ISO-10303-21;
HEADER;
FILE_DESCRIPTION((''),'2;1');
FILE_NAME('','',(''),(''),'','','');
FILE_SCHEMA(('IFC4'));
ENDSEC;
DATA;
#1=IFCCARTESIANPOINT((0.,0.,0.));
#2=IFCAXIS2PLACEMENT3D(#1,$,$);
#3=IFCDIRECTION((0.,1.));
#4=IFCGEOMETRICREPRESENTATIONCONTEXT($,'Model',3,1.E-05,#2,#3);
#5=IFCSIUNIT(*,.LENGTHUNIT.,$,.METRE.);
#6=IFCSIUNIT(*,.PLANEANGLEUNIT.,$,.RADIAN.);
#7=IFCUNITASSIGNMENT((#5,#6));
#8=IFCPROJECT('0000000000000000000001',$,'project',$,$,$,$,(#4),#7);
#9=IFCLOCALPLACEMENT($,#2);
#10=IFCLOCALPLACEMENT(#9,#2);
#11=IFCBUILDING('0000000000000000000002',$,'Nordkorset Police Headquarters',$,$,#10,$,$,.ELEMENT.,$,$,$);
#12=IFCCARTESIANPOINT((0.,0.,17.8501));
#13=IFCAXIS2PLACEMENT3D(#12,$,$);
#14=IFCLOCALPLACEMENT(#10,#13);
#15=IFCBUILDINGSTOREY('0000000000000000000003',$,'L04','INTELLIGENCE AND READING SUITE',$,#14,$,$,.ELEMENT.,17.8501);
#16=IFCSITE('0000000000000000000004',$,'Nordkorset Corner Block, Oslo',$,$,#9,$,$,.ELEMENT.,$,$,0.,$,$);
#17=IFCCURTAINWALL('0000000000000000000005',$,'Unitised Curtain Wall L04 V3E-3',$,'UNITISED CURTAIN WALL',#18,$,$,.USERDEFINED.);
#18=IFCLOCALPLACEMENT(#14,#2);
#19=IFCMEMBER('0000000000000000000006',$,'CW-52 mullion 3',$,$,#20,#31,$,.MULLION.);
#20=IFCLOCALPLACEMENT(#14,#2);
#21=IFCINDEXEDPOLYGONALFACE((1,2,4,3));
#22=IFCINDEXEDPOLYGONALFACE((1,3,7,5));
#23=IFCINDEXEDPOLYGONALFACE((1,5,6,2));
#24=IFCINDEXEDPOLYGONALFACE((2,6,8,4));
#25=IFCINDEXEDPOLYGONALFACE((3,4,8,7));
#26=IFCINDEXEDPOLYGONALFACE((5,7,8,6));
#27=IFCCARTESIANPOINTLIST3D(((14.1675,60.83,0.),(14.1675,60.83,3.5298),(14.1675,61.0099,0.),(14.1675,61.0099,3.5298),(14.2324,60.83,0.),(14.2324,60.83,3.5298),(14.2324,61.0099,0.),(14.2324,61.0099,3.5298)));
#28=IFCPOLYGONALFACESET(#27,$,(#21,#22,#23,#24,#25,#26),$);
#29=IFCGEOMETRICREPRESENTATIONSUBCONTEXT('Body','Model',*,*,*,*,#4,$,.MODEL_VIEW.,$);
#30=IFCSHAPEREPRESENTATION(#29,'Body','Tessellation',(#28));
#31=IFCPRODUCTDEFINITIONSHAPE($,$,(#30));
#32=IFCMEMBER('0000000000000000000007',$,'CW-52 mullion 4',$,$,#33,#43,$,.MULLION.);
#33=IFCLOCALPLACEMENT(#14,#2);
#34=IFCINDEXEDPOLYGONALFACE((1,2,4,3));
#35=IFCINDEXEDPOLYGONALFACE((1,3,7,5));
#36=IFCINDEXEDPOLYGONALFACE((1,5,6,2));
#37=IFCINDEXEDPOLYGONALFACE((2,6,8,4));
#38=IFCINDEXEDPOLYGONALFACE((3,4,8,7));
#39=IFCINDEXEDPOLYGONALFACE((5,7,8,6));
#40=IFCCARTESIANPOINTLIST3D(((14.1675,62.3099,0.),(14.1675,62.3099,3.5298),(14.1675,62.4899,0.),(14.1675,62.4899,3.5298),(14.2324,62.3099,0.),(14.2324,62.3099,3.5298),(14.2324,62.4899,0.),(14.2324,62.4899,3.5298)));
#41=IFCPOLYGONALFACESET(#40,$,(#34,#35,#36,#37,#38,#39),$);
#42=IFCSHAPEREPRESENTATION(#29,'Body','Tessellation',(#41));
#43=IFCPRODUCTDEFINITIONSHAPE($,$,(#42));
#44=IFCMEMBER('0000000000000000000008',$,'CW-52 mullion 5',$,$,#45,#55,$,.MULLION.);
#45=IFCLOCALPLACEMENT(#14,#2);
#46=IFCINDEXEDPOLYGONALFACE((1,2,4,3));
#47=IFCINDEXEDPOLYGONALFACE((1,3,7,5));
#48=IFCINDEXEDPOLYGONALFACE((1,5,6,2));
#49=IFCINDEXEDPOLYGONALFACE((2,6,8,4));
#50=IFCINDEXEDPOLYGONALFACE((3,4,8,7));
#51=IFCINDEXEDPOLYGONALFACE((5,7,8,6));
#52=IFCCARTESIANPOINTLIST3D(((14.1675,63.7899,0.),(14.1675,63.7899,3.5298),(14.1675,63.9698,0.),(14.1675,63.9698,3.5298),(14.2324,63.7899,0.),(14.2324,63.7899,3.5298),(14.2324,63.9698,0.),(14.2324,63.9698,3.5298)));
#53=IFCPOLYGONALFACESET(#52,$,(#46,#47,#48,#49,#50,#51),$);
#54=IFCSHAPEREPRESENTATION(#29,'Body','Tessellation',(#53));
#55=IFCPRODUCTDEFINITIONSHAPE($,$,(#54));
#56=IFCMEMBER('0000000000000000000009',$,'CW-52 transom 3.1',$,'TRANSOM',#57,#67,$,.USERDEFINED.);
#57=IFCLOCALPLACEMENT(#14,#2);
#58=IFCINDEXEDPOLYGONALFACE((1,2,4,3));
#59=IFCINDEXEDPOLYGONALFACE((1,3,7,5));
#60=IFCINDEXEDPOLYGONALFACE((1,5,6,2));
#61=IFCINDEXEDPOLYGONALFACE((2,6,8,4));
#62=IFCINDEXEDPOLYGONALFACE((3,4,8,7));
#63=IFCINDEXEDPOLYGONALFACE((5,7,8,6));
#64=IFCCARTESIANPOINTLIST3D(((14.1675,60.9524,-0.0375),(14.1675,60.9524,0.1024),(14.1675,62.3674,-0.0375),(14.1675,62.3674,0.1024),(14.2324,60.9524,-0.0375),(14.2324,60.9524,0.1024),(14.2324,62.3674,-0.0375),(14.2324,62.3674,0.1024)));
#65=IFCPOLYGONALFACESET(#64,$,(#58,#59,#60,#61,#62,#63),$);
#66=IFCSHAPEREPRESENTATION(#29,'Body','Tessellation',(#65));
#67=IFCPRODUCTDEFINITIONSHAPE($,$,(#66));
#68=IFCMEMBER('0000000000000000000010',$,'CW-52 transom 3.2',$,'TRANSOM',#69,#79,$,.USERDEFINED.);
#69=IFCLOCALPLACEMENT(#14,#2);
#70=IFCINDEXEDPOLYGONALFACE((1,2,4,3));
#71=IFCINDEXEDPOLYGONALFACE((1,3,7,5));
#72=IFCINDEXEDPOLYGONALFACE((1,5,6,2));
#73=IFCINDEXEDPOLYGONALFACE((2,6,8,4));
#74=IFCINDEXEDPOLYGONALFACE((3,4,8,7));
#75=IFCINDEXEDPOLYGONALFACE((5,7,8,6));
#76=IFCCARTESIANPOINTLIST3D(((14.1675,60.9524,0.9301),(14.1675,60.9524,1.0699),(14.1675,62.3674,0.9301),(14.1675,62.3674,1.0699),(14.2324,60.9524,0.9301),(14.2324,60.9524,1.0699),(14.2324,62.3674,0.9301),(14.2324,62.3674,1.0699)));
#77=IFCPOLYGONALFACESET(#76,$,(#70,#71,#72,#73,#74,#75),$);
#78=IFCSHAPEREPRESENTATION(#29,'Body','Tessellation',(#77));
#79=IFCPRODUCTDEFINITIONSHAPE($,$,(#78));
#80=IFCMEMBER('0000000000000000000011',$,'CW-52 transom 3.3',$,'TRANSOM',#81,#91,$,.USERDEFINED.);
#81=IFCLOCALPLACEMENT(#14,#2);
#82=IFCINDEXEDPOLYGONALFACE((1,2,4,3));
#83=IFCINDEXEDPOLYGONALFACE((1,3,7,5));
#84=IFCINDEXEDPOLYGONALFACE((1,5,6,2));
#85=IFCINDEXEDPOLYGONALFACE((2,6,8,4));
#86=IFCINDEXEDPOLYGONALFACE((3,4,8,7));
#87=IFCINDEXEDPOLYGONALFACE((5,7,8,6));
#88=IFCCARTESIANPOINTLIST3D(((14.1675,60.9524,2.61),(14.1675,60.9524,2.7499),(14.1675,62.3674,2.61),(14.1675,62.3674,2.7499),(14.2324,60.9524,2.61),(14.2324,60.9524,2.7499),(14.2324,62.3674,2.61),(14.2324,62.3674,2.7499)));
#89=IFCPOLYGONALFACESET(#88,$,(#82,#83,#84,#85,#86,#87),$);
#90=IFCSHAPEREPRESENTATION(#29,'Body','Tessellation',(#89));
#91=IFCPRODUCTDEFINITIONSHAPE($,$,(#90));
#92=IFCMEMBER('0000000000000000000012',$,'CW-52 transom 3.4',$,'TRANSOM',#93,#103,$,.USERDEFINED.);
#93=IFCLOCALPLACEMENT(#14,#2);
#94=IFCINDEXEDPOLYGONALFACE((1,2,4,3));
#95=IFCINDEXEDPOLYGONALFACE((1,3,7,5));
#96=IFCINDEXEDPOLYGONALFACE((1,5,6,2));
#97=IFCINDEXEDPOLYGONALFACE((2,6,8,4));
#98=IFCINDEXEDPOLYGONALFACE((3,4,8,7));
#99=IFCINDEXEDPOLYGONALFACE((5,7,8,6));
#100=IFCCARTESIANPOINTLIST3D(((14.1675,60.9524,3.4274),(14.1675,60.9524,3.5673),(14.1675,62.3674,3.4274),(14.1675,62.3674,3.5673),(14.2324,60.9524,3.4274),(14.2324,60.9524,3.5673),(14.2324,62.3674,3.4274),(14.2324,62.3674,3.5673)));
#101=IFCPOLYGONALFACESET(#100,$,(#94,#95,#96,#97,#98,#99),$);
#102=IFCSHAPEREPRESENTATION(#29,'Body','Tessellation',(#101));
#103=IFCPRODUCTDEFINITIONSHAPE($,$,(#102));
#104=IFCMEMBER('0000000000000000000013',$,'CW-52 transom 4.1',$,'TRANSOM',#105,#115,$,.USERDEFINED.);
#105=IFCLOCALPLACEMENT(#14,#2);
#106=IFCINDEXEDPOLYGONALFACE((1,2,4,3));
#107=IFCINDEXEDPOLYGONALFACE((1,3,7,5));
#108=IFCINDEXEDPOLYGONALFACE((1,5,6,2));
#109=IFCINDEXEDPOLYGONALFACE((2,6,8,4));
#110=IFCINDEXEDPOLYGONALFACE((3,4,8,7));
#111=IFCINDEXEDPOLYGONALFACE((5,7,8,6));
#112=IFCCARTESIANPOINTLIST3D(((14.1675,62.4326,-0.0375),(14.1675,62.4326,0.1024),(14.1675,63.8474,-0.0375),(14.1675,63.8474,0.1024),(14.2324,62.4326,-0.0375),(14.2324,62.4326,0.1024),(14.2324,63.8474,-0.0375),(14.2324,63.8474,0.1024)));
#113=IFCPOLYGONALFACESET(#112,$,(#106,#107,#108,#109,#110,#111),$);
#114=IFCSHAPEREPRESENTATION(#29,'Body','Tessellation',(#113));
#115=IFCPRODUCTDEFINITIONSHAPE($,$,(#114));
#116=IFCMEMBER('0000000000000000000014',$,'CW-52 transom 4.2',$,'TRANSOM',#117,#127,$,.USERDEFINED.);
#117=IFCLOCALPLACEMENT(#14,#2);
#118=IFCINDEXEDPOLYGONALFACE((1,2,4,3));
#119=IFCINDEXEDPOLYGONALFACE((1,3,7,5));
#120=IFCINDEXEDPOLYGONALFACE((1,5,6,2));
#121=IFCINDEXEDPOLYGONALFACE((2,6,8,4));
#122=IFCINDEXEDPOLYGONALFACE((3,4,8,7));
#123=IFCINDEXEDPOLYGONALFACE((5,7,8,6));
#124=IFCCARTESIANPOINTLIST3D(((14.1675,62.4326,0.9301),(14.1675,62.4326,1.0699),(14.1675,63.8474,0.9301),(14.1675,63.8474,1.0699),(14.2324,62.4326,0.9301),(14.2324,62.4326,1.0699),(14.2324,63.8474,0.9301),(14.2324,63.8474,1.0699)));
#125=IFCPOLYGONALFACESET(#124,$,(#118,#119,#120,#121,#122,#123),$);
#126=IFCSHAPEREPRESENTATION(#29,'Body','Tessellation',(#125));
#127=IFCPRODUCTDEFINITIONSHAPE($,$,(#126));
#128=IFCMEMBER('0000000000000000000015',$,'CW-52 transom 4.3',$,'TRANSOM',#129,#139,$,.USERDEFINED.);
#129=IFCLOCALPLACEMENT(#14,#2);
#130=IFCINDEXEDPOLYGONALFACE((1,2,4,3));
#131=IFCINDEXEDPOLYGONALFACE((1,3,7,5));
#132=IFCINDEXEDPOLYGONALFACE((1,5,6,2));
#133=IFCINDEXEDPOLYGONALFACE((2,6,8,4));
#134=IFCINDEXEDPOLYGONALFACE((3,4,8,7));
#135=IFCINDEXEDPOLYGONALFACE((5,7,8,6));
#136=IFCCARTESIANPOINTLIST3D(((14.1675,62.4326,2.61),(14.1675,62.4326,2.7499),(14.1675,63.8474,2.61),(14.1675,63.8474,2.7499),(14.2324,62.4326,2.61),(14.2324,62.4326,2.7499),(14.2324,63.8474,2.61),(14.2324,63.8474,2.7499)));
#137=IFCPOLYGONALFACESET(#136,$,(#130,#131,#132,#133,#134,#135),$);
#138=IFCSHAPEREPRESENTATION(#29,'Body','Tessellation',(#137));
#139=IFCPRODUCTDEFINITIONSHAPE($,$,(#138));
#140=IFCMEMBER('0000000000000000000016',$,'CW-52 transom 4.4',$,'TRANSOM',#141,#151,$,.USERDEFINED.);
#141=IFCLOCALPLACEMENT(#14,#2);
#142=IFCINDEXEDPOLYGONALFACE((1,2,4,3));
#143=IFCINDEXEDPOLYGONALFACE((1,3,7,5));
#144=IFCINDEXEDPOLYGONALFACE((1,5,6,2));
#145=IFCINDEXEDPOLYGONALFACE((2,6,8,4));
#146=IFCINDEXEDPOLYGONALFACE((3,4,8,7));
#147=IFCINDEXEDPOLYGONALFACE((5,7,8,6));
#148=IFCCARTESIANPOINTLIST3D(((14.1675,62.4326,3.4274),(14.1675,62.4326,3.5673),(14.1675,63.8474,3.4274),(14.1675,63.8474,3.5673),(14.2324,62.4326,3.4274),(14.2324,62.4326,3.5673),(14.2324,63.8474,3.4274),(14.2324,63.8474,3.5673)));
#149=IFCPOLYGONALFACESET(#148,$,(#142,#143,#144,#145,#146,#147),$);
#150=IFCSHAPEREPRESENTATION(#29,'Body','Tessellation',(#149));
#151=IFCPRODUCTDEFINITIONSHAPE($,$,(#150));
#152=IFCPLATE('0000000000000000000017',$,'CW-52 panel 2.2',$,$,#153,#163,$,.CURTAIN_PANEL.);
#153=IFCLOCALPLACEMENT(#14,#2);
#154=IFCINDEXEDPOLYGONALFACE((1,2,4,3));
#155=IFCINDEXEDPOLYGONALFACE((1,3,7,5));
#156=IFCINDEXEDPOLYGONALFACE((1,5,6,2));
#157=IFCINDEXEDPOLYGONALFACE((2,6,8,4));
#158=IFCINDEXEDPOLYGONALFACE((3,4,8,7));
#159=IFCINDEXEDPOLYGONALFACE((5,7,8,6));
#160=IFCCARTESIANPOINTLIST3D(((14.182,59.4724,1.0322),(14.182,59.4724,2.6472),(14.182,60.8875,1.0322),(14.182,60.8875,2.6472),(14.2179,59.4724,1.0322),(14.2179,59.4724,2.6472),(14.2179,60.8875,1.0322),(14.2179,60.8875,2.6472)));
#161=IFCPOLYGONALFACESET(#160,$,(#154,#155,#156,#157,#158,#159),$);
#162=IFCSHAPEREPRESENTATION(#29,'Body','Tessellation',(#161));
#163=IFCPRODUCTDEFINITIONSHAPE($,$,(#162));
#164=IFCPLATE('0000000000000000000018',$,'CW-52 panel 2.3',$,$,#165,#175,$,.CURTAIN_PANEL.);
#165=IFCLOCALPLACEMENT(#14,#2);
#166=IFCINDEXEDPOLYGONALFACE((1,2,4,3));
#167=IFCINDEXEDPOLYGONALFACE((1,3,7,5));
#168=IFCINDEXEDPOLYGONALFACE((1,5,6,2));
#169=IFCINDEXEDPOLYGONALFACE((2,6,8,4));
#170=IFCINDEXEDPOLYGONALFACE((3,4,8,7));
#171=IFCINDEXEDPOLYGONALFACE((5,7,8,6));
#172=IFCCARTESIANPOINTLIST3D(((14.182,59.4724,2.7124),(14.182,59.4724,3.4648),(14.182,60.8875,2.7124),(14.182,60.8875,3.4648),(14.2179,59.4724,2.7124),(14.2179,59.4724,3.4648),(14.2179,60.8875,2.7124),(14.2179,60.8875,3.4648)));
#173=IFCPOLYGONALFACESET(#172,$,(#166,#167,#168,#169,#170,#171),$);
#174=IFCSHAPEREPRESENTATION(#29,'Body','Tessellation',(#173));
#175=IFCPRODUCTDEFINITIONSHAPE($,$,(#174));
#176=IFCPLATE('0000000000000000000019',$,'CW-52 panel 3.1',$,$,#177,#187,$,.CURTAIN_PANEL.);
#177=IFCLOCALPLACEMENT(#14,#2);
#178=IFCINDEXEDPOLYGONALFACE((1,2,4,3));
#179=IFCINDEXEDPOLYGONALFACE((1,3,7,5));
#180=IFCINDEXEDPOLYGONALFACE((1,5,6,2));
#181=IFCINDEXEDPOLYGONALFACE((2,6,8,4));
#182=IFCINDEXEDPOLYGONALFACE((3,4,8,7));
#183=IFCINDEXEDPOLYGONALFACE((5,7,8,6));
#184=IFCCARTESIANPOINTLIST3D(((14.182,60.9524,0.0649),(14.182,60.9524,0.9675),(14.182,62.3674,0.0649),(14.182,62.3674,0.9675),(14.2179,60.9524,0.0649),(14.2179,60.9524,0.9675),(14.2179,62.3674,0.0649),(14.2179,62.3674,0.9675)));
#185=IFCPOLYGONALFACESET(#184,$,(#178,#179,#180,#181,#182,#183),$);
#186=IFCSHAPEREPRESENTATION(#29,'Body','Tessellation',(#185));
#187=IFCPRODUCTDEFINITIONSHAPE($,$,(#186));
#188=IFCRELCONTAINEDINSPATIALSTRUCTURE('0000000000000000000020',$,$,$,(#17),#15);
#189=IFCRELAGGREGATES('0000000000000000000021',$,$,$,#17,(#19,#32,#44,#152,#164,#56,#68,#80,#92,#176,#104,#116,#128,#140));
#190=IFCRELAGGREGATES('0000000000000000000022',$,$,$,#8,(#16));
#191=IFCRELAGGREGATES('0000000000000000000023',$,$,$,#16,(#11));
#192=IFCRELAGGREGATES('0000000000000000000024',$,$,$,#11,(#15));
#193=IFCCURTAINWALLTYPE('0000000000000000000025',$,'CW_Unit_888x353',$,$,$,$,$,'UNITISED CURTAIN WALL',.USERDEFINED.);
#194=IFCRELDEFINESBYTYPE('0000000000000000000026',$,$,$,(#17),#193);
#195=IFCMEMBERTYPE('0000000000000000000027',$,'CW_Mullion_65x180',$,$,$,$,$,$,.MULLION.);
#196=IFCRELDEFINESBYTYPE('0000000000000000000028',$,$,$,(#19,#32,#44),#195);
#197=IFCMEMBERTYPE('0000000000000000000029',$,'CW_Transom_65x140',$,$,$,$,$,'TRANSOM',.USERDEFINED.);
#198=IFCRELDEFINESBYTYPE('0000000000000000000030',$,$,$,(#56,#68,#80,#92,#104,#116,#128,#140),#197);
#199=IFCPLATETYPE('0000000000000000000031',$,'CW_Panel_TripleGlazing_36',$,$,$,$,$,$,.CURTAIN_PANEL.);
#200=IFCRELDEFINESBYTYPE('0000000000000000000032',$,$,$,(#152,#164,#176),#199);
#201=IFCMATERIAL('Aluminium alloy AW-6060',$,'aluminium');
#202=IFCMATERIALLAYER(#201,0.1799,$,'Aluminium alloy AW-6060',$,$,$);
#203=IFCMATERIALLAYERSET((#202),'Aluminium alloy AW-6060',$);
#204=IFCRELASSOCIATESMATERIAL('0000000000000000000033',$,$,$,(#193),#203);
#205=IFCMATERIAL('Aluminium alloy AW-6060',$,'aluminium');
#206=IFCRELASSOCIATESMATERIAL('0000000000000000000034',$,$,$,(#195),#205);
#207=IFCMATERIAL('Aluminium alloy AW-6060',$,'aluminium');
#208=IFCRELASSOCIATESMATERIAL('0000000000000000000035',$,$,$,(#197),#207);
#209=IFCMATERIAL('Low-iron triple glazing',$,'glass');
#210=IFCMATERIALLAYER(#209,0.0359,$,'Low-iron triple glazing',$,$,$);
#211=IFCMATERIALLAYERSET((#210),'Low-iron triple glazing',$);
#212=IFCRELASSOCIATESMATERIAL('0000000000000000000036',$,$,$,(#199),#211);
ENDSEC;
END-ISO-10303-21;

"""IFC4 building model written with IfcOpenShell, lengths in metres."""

from ifc_helpers import new_model, si_unit, direction, frame, origin, origin_2d, place, context, subcontext, project, spatial, rectangle, extrude, material, layer, layer_set, material_profile, profile_set, type_object, element, aggregate, save


model = new_model("IFC4")

# Units and contexts
model_context = context("Model", 3, precision=1e-05, world=origin(), true_north=direction((0.0, 1.0)))
body_context = subcontext(model_context, "Body", "Model", "MODEL_VIEW")
ifc_project = project(units=[si_unit("LENGTHUNIT", "METRE"), si_unit("PLANEANGLEUNIT", "RADIAN")], contexts=[model_context])

# Site, building, storey
site_placement = place(None, origin())
site = spatial("IfcSite", under=ifc_project, at=site_placement, Name="Nordkorset Corner Block, Oslo", CompositionType="ELEMENT", RefElevation=0.0)
building_placement = place(site_placement, origin())
building = spatial("IfcBuilding", under=site, at=building_placement, Name="Nordkorset Police Headquarters", CompositionType="ELEMENT")
storey_placement = place(building_placement, frame((0.0, 0.0, 17.8501)))
storey = spatial("IfcBuildingStorey", under=building, at=storey_placement, Name="L04", Description="INTELLIGENCE AND READING SUITE", CompositionType="ELEMENT", Elevation=17.8501)

# Curtain wall, members, plates
ifc_material_1 = material(Name="Aluminium alloy AW-6060", Category="aluminium")
ifc_layer_1 = layer(ifc_material_1, 0.1799, Name="Aluminium alloy AW-6060")
ifc_layer_set_1 = layer_set([ifc_layer_1], Name="Aluminium alloy AW-6060")
curtain_wall_type = type_object("IfcCurtainWallType", Name="CW_Unit_888x353", ElementType="UNITISED CURTAIN WALL", PredefinedType="USERDEFINED", material=ifc_layer_set_1)
curtain_wall_placement = place(storey_placement, origin())
curtain_wall = element("IfcCurtainWall", 1, at=curtain_wall_placement, inside=storey, type_object=curtain_wall_type, Name="Unitised Curtain Wall L04 V3E-3", ObjectType="UNITISED CURTAIN WALL", PredefinedType="USERDEFINED")
ifc_material_2 = material(Name="Aluminium alloy AW-6060", Category="aluminium")
ifc_material_profile_1 = material_profile(ifc_material_2, rectangle(XDim=0.0649, YDim=0.1799, at=origin_2d()), Name="ALU MULL 65x180")
ifc_profile_set_1 = profile_set([ifc_material_profile_1], Name="Aluminium alloy AW-6060")
member_type_1 = type_object("IfcMemberType", Name="CW_Mullion_65x180", PredefinedType="MULLION", material=ifc_profile_set_1)
member_1_placement = place(storey_placement, frame((14.2, 60.9199, 0.0), z_axis=(0.0, 0.0, 1.0), x_axis=(-1.0, 0.0, 0.0)))
member_1 = element("IfcMember", 2, at=member_1_placement, type_object=member_type_1, Name="CW-52 mullion 3", PredefinedType="MULLION", context=body_context, shape_type="SweptSolid", body=[
    extrude(rectangle(XDim=0.0649, YDim=0.1799, at=origin_2d()), origin(), (0.0, 0.0, 1.0), 3.5298),
])
member_2_placement = place(storey_placement, frame((14.2, 62.3999, 0.0), z_axis=(0.0, 0.0, 1.0), x_axis=(-1.0, 0.0, 0.0)))
member_2 = element("IfcMember", 3, at=member_2_placement, type_object=member_type_1, Name="CW-52 mullion 4", PredefinedType="MULLION", context=body_context, shape_type="SweptSolid", body=[
    extrude(rectangle(XDim=0.0649, YDim=0.1799, at=origin_2d()), origin(), (0.0, 0.0, 1.0), 3.5298),
])
member_3_placement = place(storey_placement, frame((14.2, 63.8799, 0.0), z_axis=(0.0, 0.0, 1.0), x_axis=(-1.0, 0.0, 0.0)))
member_3 = element("IfcMember", 4, at=member_3_placement, type_object=member_type_1, Name="CW-52 mullion 5", PredefinedType="MULLION", context=body_context, shape_type="SweptSolid", body=[
    extrude(rectangle(XDim=0.0649, YDim=0.1799, at=origin_2d()), origin(), (0.0, 0.0, 1.0), 3.5298),
])
ifc_material_3 = material(Name="Aluminium alloy AW-6060", Category="aluminium")
ifc_material_profile_2 = material_profile(ifc_material_3, rectangle(XDim=0.0649, YDim=0.1399, at=origin_2d()), Name="ALU TRAN 65x140")
ifc_profile_set_2 = profile_set([ifc_material_profile_2], Name="Aluminium alloy AW-6060")
member_type_2 = type_object("IfcMemberType", Name="CW_Transom_65x140", ElementType="TRANSOM", PredefinedType="USERDEFINED", material=ifc_profile_set_2)
member_4_placement = place(storey_placement, frame((14.2, 60.9524, 0.0325), z_axis=(0.0, 1.0, 0.0), x_axis=(-1.0, 0.0, 0.0)))
member_4 = element("IfcMember", 5, at=member_4_placement, type_object=member_type_2, Name="CW-52 transom 3.1", ObjectType="TRANSOM", PredefinedType="USERDEFINED", context=body_context, shape_type="SweptSolid", body=[
    extrude(rectangle(XDim=0.0649, YDim=0.1399, at=origin_2d()), origin(), (0.0, 0.0, 1.0), 1.415),
])
member_5_placement = place(storey_placement, frame((14.2, 60.9524, 1.0), z_axis=(0.0, 1.0, 0.0), x_axis=(-1.0, 0.0, 0.0)))
member_5 = element("IfcMember", 6, at=member_5_placement, type_object=member_type_2, Name="CW-52 transom 3.2", ObjectType="TRANSOM", PredefinedType="USERDEFINED", context=body_context, shape_type="SweptSolid", body=[
    extrude(rectangle(XDim=0.0649, YDim=0.1399, at=origin_2d()), origin(), (0.0, 0.0, 1.0), 1.415),
])
member_6_placement = place(storey_placement, frame((14.2, 60.9524, 2.6799), z_axis=(0.0, 1.0, 0.0), x_axis=(-1.0, 0.0, 0.0)))
member_6 = element("IfcMember", 7, at=member_6_placement, type_object=member_type_2, Name="CW-52 transom 3.3", ObjectType="TRANSOM", PredefinedType="USERDEFINED", context=body_context, shape_type="SweptSolid", body=[
    extrude(rectangle(XDim=0.0649, YDim=0.1399, at=origin_2d()), origin(), (0.0, 0.0, 1.0), 1.415),
])
member_7_placement = place(storey_placement, frame((14.2, 60.9524, 3.4973), z_axis=(0.0, 1.0, 0.0), x_axis=(-1.0, 0.0, 0.0)))
member_7 = element("IfcMember", 8, at=member_7_placement, type_object=member_type_2, Name="CW-52 transom 3.4", ObjectType="TRANSOM", PredefinedType="USERDEFINED", context=body_context, shape_type="SweptSolid", body=[
    extrude(rectangle(XDim=0.0649, YDim=0.1399, at=origin_2d()), origin(), (0.0, 0.0, 1.0), 1.415),
])
member_8_placement = place(storey_placement, frame((14.2, 62.4326, 0.0325), z_axis=(0.0, 1.0, 0.0), x_axis=(-1.0, 0.0, 0.0)))
member_8 = element("IfcMember", 9, at=member_8_placement, type_object=member_type_2, Name="CW-52 transom 4.1", ObjectType="TRANSOM", PredefinedType="USERDEFINED", context=body_context, shape_type="SweptSolid", body=[
    extrude(rectangle(XDim=0.0649, YDim=0.1399, at=origin_2d()), origin(), (0.0, 0.0, 1.0), 1.4148),
])
member_9_placement = place(storey_placement, frame((14.2, 62.4326, 1.0), z_axis=(0.0, 1.0, 0.0), x_axis=(-1.0, 0.0, 0.0)))
member_9 = element("IfcMember", 10, at=member_9_placement, type_object=member_type_2, Name="CW-52 transom 4.2", ObjectType="TRANSOM", PredefinedType="USERDEFINED", context=body_context, shape_type="SweptSolid", body=[
    extrude(rectangle(XDim=0.0649, YDim=0.1399, at=origin_2d()), origin(), (0.0, 0.0, 1.0), 1.4148),
])
member_10_placement = place(storey_placement, frame((14.2, 62.4326, 2.6799), z_axis=(0.0, 1.0, 0.0), x_axis=(-1.0, 0.0, 0.0)))
member_10 = element("IfcMember", 11, at=member_10_placement, type_object=member_type_2, Name="CW-52 transom 4.3", ObjectType="TRANSOM", PredefinedType="USERDEFINED", context=body_context, shape_type="SweptSolid", body=[
    extrude(rectangle(XDim=0.0649, YDim=0.1399, at=origin_2d()), origin(), (0.0, 0.0, 1.0), 1.4148),
])
member_11_placement = place(storey_placement, frame((14.2, 62.4326, 3.4973), z_axis=(0.0, 1.0, 0.0), x_axis=(-1.0, 0.0, 0.0)))
member_11 = element("IfcMember", 12, at=member_11_placement, type_object=member_type_2, Name="CW-52 transom 4.4", ObjectType="TRANSOM", PredefinedType="USERDEFINED", context=body_context, shape_type="SweptSolid", body=[
    extrude(rectangle(XDim=0.0649, YDim=0.1399, at=origin_2d()), origin(), (0.0, 0.0, 1.0), 1.4148),
])
ifc_material_4 = material(Name="Low-iron triple glazing", Category="glass")
ifc_layer_2 = layer(ifc_material_4, 0.0359, Name="Low-iron triple glazing")
ifc_layer_set_2 = layer_set([ifc_layer_2], Name="Low-iron triple glazing")
plate_type = type_object("IfcPlateType", Name="CW_Panel_TripleGlazing_36", PredefinedType="CURTAIN_PANEL", material=ifc_layer_set_2)
plate_1_placement = place(storey_placement, frame((14.2, 60.1799, 1.0322), z_axis=(0.0, 0.0, 1.0), x_axis=(0.0, 1.0, 0.0)))
plate_1 = element("IfcPlate", 13, at=plate_1_placement, type_object=plate_type, Name="CW-52 panel 2.2", PredefinedType="CURTAIN_PANEL", context=body_context, shape_type="SweptSolid", body=[
    extrude(rectangle(XDim=1.415, YDim=0.0359, at=origin_2d()), origin(), (0.0, 0.0, 1.0), 1.615),
])
plate_2_placement = place(storey_placement, frame((14.2, 60.1799, 2.7124), z_axis=(0.0, 0.0, 1.0), x_axis=(0.0, 1.0, 0.0)))
plate_2 = element("IfcPlate", 14, at=plate_2_placement, type_object=plate_type, Name="CW-52 panel 2.3", PredefinedType="CURTAIN_PANEL", context=body_context, shape_type="SweptSolid", body=[
    extrude(rectangle(XDim=1.415, YDim=0.0359, at=origin_2d()), origin(), (0.0, 0.0, 1.0), 0.7524),
])
plate_3_placement = place(storey_placement, frame((14.2, 61.6599, 0.0649), z_axis=(0.0, 0.0, 1.0), x_axis=(0.0, 1.0, 0.0)))
plate_3 = element("IfcPlate", 15, at=plate_3_placement, type_object=plate_type, Name="CW-52 panel 3.1", PredefinedType="CURTAIN_PANEL", context=body_context, shape_type="SweptSolid", body=[
    extrude(rectangle(XDim=1.415, YDim=0.0359, at=origin_2d()), origin(), (0.0, 0.0, 1.0), 0.9026),
])
aggregate(curtain_wall, [member_1, member_2, member_3, plate_1, plate_2, member_4, member_5, member_6, member_7, plate_3, member_8, member_9, member_10, member_11])

save(model, "model.ifc")
